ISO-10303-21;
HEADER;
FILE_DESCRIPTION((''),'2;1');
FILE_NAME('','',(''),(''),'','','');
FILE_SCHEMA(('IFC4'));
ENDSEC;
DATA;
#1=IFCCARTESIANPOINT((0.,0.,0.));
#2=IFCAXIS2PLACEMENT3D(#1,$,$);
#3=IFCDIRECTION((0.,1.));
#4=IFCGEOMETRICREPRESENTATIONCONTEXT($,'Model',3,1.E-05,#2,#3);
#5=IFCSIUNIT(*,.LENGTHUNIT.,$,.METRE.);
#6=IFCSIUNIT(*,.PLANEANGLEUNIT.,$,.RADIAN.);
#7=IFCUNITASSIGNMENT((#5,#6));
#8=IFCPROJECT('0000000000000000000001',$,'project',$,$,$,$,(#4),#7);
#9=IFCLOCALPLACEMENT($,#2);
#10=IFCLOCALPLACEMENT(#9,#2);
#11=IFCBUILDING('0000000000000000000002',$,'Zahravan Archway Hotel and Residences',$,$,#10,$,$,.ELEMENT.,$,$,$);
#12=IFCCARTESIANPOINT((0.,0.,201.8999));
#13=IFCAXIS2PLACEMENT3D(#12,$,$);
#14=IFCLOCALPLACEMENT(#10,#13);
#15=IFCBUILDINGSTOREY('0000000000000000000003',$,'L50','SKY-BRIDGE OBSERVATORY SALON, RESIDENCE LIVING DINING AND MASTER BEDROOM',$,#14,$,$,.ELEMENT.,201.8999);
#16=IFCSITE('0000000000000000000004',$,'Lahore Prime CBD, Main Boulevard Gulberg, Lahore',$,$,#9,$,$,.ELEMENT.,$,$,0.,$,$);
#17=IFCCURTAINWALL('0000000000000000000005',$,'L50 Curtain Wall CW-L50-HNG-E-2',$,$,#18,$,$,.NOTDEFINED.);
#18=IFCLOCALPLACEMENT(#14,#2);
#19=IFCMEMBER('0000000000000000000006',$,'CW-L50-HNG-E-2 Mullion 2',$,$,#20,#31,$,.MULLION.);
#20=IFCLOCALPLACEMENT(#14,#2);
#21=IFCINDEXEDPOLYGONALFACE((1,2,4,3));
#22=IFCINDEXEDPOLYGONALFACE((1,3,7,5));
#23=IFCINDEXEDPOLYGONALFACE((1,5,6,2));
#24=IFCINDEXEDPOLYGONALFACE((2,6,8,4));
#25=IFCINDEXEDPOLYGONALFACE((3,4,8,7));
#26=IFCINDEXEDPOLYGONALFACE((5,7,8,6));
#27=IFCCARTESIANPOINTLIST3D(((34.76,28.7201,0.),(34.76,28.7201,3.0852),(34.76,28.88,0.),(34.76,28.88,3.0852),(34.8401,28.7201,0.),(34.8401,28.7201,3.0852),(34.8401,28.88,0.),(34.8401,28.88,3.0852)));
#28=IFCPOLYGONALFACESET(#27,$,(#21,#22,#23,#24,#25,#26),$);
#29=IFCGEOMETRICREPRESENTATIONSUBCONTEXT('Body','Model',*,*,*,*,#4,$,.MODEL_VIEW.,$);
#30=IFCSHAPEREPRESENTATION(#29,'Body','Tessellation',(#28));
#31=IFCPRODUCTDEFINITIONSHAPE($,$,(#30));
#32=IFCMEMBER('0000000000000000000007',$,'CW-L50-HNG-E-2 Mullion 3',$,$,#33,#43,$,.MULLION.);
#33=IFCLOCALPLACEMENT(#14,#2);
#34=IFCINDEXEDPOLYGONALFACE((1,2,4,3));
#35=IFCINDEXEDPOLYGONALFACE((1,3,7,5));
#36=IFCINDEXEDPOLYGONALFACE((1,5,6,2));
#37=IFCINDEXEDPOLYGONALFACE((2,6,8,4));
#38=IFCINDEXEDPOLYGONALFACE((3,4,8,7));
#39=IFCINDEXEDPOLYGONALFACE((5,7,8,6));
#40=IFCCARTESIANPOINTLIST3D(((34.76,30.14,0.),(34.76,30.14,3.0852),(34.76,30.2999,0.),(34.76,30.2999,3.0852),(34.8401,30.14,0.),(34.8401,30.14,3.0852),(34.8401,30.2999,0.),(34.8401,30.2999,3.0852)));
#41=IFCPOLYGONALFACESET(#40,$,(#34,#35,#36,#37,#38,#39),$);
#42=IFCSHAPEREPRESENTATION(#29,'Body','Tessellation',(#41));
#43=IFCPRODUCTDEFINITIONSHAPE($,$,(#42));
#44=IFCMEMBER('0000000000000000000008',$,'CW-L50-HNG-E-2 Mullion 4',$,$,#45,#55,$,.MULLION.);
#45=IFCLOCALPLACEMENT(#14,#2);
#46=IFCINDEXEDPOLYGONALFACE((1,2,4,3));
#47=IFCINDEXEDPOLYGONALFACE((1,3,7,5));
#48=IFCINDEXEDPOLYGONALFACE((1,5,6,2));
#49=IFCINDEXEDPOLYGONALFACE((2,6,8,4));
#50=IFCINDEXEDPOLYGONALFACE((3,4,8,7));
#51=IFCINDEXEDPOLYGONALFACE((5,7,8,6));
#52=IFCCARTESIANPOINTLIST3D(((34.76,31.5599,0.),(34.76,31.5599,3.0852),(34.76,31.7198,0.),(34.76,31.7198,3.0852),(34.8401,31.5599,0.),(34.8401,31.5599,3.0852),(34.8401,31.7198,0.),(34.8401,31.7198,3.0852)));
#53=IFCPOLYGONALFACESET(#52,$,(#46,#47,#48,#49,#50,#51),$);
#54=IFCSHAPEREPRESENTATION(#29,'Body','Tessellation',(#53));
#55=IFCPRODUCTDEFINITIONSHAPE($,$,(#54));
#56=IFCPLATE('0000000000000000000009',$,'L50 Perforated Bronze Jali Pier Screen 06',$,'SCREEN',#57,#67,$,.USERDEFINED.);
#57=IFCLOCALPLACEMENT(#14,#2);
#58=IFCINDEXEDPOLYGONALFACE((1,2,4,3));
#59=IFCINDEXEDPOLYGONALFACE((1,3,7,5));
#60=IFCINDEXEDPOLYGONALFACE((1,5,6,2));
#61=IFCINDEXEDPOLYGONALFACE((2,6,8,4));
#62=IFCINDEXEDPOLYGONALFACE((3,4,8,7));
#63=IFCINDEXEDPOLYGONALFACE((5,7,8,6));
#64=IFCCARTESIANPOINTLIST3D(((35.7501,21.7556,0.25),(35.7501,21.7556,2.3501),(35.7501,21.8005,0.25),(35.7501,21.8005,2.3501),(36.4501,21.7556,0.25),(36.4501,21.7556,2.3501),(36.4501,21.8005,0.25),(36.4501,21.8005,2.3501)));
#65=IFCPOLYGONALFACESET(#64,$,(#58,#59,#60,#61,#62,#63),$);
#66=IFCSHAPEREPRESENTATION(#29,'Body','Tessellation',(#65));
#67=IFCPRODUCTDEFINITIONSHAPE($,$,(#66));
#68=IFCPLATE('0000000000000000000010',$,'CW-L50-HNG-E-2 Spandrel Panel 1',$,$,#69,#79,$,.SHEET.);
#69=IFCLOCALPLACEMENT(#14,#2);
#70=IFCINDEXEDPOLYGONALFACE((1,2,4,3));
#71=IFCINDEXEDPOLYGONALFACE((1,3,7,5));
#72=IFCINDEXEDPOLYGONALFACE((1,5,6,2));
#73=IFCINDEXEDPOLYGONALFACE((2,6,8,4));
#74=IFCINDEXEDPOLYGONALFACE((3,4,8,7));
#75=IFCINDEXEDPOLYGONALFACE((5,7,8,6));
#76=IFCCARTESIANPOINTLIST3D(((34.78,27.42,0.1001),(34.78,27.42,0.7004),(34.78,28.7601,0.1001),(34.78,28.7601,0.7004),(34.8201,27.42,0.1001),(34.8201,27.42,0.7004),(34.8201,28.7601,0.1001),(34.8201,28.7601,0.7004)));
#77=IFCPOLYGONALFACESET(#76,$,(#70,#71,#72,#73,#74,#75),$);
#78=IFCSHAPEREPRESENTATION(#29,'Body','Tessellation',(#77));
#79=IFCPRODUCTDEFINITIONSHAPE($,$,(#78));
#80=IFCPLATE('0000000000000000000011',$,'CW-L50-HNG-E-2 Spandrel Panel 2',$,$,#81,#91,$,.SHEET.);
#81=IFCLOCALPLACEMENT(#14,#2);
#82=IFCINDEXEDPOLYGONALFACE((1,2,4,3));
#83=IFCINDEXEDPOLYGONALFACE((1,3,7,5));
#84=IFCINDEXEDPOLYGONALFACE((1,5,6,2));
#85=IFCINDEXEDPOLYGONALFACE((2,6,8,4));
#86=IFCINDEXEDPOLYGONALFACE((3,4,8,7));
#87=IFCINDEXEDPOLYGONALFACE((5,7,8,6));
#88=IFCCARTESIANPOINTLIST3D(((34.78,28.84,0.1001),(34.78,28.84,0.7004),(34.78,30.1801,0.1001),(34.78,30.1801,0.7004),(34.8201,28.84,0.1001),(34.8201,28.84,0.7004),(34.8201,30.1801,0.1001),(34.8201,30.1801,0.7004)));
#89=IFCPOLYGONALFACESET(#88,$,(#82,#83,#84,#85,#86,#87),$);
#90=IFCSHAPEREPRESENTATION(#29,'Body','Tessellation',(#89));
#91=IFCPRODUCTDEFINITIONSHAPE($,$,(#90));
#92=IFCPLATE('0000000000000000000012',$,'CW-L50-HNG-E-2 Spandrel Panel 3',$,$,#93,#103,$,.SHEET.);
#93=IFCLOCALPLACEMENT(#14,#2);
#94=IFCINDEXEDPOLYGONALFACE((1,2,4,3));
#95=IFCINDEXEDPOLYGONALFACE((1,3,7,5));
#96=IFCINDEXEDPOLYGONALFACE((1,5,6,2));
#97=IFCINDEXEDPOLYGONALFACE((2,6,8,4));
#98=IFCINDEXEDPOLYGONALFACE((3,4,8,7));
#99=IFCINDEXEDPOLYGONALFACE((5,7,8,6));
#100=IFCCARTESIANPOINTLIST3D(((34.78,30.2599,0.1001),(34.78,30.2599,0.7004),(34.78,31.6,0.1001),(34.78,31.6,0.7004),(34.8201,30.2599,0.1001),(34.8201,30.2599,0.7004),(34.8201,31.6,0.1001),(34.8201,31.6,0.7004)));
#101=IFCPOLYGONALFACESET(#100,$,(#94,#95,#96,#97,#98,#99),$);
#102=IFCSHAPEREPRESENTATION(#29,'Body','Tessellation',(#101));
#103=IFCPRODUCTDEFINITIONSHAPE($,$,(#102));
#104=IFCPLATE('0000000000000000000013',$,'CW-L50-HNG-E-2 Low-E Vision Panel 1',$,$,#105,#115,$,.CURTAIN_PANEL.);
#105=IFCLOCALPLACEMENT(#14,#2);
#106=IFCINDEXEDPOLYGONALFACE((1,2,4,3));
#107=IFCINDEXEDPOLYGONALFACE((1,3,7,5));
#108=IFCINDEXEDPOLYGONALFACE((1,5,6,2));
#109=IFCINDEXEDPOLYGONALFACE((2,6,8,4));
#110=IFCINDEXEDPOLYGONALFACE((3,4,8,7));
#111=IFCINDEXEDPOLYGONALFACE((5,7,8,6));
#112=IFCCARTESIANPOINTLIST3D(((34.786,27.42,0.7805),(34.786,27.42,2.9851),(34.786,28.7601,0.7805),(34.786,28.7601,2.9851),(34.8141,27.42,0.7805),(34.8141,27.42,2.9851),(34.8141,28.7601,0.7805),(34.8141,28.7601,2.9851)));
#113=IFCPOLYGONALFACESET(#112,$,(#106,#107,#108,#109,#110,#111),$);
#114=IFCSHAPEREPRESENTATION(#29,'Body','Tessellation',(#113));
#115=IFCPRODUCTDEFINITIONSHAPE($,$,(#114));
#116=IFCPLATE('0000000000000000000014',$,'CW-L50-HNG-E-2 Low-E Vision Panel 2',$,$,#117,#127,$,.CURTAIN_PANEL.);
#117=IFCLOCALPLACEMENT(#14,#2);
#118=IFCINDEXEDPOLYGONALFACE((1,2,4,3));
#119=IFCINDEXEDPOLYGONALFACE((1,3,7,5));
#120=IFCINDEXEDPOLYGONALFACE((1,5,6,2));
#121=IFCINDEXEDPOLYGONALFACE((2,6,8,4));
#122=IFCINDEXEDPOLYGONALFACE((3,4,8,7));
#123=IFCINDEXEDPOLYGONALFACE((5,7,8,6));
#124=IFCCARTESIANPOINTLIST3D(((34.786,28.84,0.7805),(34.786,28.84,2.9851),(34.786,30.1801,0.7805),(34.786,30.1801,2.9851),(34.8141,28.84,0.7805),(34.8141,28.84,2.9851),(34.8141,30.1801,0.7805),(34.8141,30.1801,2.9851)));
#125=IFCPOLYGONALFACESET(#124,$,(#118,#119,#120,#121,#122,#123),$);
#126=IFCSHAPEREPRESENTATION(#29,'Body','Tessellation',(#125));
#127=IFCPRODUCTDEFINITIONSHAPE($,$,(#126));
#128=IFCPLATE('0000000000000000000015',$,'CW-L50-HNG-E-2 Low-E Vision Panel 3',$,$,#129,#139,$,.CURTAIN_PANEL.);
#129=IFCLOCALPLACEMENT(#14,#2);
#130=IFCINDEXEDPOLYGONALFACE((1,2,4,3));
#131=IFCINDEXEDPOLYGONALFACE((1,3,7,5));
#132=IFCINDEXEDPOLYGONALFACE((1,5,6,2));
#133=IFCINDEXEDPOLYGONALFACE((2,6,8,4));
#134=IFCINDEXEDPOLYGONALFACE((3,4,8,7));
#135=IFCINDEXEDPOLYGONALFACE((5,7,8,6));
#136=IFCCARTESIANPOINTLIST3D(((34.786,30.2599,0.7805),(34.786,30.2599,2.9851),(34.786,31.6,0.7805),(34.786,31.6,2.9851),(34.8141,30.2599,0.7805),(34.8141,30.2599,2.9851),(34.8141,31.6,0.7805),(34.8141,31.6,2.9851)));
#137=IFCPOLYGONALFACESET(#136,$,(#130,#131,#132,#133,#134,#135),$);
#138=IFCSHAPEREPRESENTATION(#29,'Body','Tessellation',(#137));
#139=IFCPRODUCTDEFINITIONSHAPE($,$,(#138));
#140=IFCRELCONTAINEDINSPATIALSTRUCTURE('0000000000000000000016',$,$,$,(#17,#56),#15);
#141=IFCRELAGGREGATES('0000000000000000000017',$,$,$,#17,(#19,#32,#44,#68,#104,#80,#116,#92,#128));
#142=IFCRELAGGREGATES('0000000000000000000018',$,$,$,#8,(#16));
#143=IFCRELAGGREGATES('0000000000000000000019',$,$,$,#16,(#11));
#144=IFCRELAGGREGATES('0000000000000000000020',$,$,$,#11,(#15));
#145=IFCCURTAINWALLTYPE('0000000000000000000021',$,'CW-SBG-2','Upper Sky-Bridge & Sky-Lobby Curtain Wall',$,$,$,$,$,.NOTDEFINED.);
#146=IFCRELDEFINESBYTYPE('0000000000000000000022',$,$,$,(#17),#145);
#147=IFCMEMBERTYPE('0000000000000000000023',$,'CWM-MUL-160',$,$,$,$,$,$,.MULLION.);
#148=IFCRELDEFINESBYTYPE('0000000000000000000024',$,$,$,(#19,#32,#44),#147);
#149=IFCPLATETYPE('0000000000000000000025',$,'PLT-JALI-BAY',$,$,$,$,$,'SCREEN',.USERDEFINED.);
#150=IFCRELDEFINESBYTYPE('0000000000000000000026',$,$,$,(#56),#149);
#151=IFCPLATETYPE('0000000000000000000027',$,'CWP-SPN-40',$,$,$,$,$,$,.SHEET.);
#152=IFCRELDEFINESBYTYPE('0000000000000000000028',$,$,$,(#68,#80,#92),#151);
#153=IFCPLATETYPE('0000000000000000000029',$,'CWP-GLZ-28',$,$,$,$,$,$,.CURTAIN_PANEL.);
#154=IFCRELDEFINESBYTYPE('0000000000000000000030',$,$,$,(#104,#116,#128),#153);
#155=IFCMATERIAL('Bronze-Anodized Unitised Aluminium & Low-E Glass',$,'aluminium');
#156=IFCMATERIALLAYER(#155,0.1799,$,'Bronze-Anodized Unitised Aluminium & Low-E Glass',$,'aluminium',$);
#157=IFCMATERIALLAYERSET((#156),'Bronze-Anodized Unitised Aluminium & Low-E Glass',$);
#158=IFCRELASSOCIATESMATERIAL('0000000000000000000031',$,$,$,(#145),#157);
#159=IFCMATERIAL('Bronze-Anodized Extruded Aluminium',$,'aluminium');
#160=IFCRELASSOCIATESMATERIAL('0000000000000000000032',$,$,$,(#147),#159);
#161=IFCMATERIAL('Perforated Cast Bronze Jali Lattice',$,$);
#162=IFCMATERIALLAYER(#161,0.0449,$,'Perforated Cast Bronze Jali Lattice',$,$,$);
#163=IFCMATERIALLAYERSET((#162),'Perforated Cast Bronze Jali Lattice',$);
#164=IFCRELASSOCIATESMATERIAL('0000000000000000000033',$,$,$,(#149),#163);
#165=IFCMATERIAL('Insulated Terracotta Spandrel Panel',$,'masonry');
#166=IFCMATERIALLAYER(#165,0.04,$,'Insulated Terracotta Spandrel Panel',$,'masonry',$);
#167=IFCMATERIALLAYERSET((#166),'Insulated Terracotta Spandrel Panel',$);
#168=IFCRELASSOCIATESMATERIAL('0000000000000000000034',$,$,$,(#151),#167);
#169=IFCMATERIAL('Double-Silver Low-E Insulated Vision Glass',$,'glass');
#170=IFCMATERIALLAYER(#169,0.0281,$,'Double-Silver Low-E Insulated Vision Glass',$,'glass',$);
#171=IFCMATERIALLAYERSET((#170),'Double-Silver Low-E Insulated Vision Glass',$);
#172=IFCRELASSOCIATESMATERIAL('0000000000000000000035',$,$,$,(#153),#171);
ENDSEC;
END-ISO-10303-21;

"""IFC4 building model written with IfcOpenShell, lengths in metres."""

from ifc_helpers import new_model, si_unit, direction, frame, origin, origin_2d, place, context, subcontext, project, spatial, rectangle, extrude, source, transform, mapped, material, layer, layer_set, material_profile, profile_set, type_object, type_shapes, element, aggregate, save


model = new_model("IFC4")

# Units and contexts
model_context = context("Model", 3, precision=1e-05, world=origin(), true_north=direction((0.0, 1.0)))
body_context = subcontext(model_context, "Body", "Model", "MODEL_VIEW")
ifc_project = project(units=[si_unit("LENGTHUNIT", "METRE"), si_unit("PLANEANGLEUNIT", "RADIAN")], contexts=[model_context])

# Site, building, storey
site_placement = place(None, origin())
site = spatial("IfcSite", under=ifc_project, at=site_placement, Name="Lahore Prime CBD, Main Boulevard Gulberg, Lahore", CompositionType="ELEMENT", RefElevation=0.0)
building_placement = place(site_placement, origin())
building = spatial("IfcBuilding", under=site, at=building_placement, Name="Zahravan Archway Hotel and Residences", CompositionType="ELEMENT")
storey_placement = place(building_placement, frame((0.0, 0.0, 201.8999)))
storey = spatial("IfcBuildingStorey", under=building, at=storey_placement, Name="L50", Description="SKY-BRIDGE OBSERVATORY SALON, RESIDENCE LIVING DINING AND MASTER BEDROOM", CompositionType="ELEMENT", Elevation=201.8999)

# Curtain wall, members
ifc_material_1 = material(Name="Bronze-Anodized Unitised Aluminium & Low-E Glass", Category="aluminium")
ifc_layer_1 = layer(ifc_material_1, 0.1799, Name="Bronze-Anodized Unitised Aluminium & Low-E Glass", Category="aluminium")
ifc_layer_set_1 = layer_set([ifc_layer_1], Name="Bronze-Anodized Unitised Aluminium & Low-E Glass")
curtain_wall_type = type_object("IfcCurtainWallType", Name="CW-SBG-2", Description="Upper Sky-Bridge & Sky-Lobby Curtain Wall", PredefinedType="NOTDEFINED", material=ifc_layer_set_1)
curtain_wall_placement = place(storey_placement, origin())
curtain_wall = element("IfcCurtainWall", 1, at=curtain_wall_placement, inside=storey, type_object=curtain_wall_type, Name="L50 Curtain Wall CW-L50-HNG-E-2", PredefinedType="NOTDEFINED")
ifc_material_2 = material(Name="Bronze-Anodized Extruded Aluminium", Category="aluminium")
ifc_material_profile_1 = material_profile(ifc_material_2, rectangle(XDim=0.0801, YDim=0.1599, at=origin_2d()), Name="MUL 80x160", Category="aluminium")
ifc_profile_set_1 = profile_set([ifc_material_profile_1], Name="Bronze-Anodized Extruded Aluminium")
member_type_1 = type_object("IfcMemberType", Name="CWM-MUL-160", PredefinedType="MULLION", material=ifc_profile_set_1)
shared_shape_1 = source(origin(), body_context, "Body", "SweptSolid", [
    extrude(rectangle(XDim=0.0801, YDim=0.1599, at=origin_2d()), origin(), (0.0, 0.0, 1.0), 3.0852),
])
member_1_placement = place(storey_placement, frame((34.8, 28.8, 0.0), z_axis=(0.0, 0.0, 1.0), x_axis=(1.0, 0.0, 0.0)))
member_1 = element("IfcMember", 2, at=member_1_placement, type_object=member_type_1, Name="CW-L50-HNG-E-2 Mullion 2", PredefinedType="MULLION", context=body_context, shape_type="MappedRepresentation", body=[
    mapped(shared_shape_1, transform((0.0, 0.0, 0.0), scale=1.0)),
])
member_2_placement = place(storey_placement, frame((34.8, 30.22, 0.0), z_axis=(0.0, 0.0, 1.0), x_axis=(1.0, 0.0, 0.0)))
member_2 = element("IfcMember", 3, at=member_2_placement, type_object=member_type_1, Name="CW-L50-HNG-E-2 Mullion 3", PredefinedType="MULLION", context=body_context, shape_type="MappedRepresentation", body=[
    mapped(shared_shape_1, transform((0.0, 0.0, 0.0), scale=1.0)),
])
member_3_placement = place(storey_placement, frame((34.8, 31.6399, 0.0), z_axis=(0.0, 0.0, 1.0), x_axis=(1.0, 0.0, 0.0)))
member_3 = element("IfcMember", 4, at=member_3_placement, type_object=member_type_1, Name="CW-L50-HNG-E-2 Mullion 4", PredefinedType="MULLION", context=body_context, shape_type="MappedRepresentation", body=[
    mapped(shared_shape_1, transform((0.0, 0.0, 0.0), scale=1.0)),
])

# Plates
ifc_material_3 = material(Name="Perforated Cast Bronze Jali Lattice")
ifc_layer_2 = layer(ifc_material_3, 0.0449, Name="Perforated Cast Bronze Jali Lattice")
ifc_layer_set_2 = layer_set([ifc_layer_2], Name="Perforated Cast Bronze Jali Lattice")
plate_type_1 = type_object("IfcPlateType", Name="PLT-JALI-BAY", ElementType="SCREEN", PredefinedType="USERDEFINED", material=ifc_layer_set_2)
shared_shape_2 = source(origin(), body_context, "Body", "SweptSolid", [
    extrude(rectangle(XDim=0.7, YDim=0.0449, at=origin_2d()), origin(), (0.0, 0.0, 1.0), 2.1001),
])
type_shapes(plate_type_1, [shared_shape_2])
plate_1_placement = place(storey_placement, frame((36.1001, 21.7781, 0.25), z_axis=(0.0, 0.0, 1.0), x_axis=(1.0, 0.0, 0.0)))
element("IfcPlate", 5, at=plate_1_placement, inside=storey, type_object=plate_type_1, Name="L50 Perforated Bronze Jali Pier Screen 06", ObjectType="SCREEN", PredefinedType="USERDEFINED", context=body_context, shape_type="MappedRepresentation", body=[
    mapped(shared_shape_2, transform((0.0, 0.0, 0.0), scale=1.0)),
])
ifc_material_4 = material(Name="Insulated Terracotta Spandrel Panel", Category="masonry")
ifc_layer_3 = layer(ifc_material_4, 0.04, Name="Insulated Terracotta Spandrel Panel", Category="masonry")
ifc_layer_set_3 = layer_set([ifc_layer_3], Name="Insulated Terracotta Spandrel Panel")
plate_type_2 = type_object("IfcPlateType", Name="CWP-SPN-40", PredefinedType="SHEET", material=ifc_layer_set_3)
shared_shape_3 = source(origin(), body_context, "Body", "SweptSolid", [
    extrude(rectangle(XDim=1.3401, YDim=0.04, at=origin_2d()), origin(), (0.0, 0.0, 1.0), 0.6003),
])
plate_2_placement = place(storey_placement, frame((34.8, 28.0901, 0.1001), z_axis=(0.0, 0.0, 1.0), x_axis=(0.0, 1.0, 0.0)))
plate_2 = element("IfcPlate", 6, at=plate_2_placement, type_object=plate_type_2, Name="CW-L50-HNG-E-2 Spandrel Panel 1", PredefinedType="SHEET", context=body_context, shape_type="MappedRepresentation", body=[
    mapped(shared_shape_3, transform((0.0, 0.0, 0.0), scale=1.0)),
])
plate_3_placement = place(storey_placement, frame((34.8, 29.51, 0.1001), z_axis=(0.0, 0.0, 1.0), x_axis=(0.0, 1.0, 0.0)))
plate_3 = element("IfcPlate", 7, at=plate_3_placement, type_object=plate_type_2, Name="CW-L50-HNG-E-2 Spandrel Panel 2", PredefinedType="SHEET", context=body_context, shape_type="MappedRepresentation", body=[
    mapped(shared_shape_3, transform((0.0, 0.0, 0.0), scale=1.0)),
])
plate_4_placement = place(storey_placement, frame((34.8, 30.9299, 0.1001), z_axis=(0.0, 0.0, 1.0), x_axis=(0.0, 1.0, 0.0)))
plate_4 = element("IfcPlate", 8, at=plate_4_placement, type_object=plate_type_2, Name="CW-L50-HNG-E-2 Spandrel Panel 3", PredefinedType="SHEET", context=body_context, shape_type="MappedRepresentation", body=[
    mapped(shared_shape_3, transform((0.0, 0.0, 0.0), scale=1.0)),
])
ifc_material_5 = material(Name="Double-Silver Low-E Insulated Vision Glass", Category="glass")
ifc_layer_4 = layer(ifc_material_5, 0.0281, Name="Double-Silver Low-E Insulated Vision Glass", Category="glass")
ifc_layer_set_4 = layer_set([ifc_layer_4], Name="Double-Silver Low-E Insulated Vision Glass")
plate_type_3 = type_object("IfcPlateType", Name="CWP-GLZ-28", PredefinedType="CURTAIN_PANEL", material=ifc_layer_set_4)
shared_shape_4 = source(origin(), body_context, "Body", "SweptSolid", [
    extrude(rectangle(XDim=1.3401, YDim=0.0281, at=origin_2d()), origin(), (0.0, 0.0, 1.0), 2.2046),
])
plate_5_placement = place(storey_placement, frame((34.8, 28.0901, 0.7805), z_axis=(0.0, 0.0, 1.0), x_axis=(0.0, 1.0, 0.0)))
plate_5 = element("IfcPlate", 9, at=plate_5_placement, type_object=plate_type_3, Name="CW-L50-HNG-E-2 Low-E Vision Panel 1", PredefinedType="CURTAIN_PANEL", context=body_context, shape_type="MappedRepresentation", body=[
    mapped(shared_shape_4, transform((0.0, 0.0, 0.0), scale=1.0)),
])
plate_6_placement = place(storey_placement, frame((34.8, 29.51, 0.7805), z_axis=(0.0, 0.0, 1.0), x_axis=(0.0, 1.0, 0.0)))
plate_6 = element("IfcPlate", 10, at=plate_6_placement, type_object=plate_type_3, Name="CW-L50-HNG-E-2 Low-E Vision Panel 2", PredefinedType="CURTAIN_PANEL", context=body_context, shape_type="MappedRepresentation", body=[
    mapped(shared_shape_4, transform((0.0, 0.0, 0.0), scale=1.0)),
])
plate_7_placement = place(storey_placement, frame((34.8, 30.9299, 0.7805), z_axis=(0.0, 0.0, 1.0), x_axis=(0.0, 1.0, 0.0)))
plate_7 = element("IfcPlate", 11, at=plate_7_placement, type_object=plate_type_3, Name="CW-L50-HNG-E-2 Low-E Vision Panel 3", PredefinedType="CURTAIN_PANEL", context=body_context, shape_type="MappedRepresentation", body=[
    mapped(shared_shape_4, transform((0.0, 0.0, 0.0), scale=1.0)),
])
aggregate(curtain_wall, [member_1, member_2, member_3, plate_2, plate_5, plate_3, plate_6, plate_4, plate_7])

save(model, "model.ifc")
